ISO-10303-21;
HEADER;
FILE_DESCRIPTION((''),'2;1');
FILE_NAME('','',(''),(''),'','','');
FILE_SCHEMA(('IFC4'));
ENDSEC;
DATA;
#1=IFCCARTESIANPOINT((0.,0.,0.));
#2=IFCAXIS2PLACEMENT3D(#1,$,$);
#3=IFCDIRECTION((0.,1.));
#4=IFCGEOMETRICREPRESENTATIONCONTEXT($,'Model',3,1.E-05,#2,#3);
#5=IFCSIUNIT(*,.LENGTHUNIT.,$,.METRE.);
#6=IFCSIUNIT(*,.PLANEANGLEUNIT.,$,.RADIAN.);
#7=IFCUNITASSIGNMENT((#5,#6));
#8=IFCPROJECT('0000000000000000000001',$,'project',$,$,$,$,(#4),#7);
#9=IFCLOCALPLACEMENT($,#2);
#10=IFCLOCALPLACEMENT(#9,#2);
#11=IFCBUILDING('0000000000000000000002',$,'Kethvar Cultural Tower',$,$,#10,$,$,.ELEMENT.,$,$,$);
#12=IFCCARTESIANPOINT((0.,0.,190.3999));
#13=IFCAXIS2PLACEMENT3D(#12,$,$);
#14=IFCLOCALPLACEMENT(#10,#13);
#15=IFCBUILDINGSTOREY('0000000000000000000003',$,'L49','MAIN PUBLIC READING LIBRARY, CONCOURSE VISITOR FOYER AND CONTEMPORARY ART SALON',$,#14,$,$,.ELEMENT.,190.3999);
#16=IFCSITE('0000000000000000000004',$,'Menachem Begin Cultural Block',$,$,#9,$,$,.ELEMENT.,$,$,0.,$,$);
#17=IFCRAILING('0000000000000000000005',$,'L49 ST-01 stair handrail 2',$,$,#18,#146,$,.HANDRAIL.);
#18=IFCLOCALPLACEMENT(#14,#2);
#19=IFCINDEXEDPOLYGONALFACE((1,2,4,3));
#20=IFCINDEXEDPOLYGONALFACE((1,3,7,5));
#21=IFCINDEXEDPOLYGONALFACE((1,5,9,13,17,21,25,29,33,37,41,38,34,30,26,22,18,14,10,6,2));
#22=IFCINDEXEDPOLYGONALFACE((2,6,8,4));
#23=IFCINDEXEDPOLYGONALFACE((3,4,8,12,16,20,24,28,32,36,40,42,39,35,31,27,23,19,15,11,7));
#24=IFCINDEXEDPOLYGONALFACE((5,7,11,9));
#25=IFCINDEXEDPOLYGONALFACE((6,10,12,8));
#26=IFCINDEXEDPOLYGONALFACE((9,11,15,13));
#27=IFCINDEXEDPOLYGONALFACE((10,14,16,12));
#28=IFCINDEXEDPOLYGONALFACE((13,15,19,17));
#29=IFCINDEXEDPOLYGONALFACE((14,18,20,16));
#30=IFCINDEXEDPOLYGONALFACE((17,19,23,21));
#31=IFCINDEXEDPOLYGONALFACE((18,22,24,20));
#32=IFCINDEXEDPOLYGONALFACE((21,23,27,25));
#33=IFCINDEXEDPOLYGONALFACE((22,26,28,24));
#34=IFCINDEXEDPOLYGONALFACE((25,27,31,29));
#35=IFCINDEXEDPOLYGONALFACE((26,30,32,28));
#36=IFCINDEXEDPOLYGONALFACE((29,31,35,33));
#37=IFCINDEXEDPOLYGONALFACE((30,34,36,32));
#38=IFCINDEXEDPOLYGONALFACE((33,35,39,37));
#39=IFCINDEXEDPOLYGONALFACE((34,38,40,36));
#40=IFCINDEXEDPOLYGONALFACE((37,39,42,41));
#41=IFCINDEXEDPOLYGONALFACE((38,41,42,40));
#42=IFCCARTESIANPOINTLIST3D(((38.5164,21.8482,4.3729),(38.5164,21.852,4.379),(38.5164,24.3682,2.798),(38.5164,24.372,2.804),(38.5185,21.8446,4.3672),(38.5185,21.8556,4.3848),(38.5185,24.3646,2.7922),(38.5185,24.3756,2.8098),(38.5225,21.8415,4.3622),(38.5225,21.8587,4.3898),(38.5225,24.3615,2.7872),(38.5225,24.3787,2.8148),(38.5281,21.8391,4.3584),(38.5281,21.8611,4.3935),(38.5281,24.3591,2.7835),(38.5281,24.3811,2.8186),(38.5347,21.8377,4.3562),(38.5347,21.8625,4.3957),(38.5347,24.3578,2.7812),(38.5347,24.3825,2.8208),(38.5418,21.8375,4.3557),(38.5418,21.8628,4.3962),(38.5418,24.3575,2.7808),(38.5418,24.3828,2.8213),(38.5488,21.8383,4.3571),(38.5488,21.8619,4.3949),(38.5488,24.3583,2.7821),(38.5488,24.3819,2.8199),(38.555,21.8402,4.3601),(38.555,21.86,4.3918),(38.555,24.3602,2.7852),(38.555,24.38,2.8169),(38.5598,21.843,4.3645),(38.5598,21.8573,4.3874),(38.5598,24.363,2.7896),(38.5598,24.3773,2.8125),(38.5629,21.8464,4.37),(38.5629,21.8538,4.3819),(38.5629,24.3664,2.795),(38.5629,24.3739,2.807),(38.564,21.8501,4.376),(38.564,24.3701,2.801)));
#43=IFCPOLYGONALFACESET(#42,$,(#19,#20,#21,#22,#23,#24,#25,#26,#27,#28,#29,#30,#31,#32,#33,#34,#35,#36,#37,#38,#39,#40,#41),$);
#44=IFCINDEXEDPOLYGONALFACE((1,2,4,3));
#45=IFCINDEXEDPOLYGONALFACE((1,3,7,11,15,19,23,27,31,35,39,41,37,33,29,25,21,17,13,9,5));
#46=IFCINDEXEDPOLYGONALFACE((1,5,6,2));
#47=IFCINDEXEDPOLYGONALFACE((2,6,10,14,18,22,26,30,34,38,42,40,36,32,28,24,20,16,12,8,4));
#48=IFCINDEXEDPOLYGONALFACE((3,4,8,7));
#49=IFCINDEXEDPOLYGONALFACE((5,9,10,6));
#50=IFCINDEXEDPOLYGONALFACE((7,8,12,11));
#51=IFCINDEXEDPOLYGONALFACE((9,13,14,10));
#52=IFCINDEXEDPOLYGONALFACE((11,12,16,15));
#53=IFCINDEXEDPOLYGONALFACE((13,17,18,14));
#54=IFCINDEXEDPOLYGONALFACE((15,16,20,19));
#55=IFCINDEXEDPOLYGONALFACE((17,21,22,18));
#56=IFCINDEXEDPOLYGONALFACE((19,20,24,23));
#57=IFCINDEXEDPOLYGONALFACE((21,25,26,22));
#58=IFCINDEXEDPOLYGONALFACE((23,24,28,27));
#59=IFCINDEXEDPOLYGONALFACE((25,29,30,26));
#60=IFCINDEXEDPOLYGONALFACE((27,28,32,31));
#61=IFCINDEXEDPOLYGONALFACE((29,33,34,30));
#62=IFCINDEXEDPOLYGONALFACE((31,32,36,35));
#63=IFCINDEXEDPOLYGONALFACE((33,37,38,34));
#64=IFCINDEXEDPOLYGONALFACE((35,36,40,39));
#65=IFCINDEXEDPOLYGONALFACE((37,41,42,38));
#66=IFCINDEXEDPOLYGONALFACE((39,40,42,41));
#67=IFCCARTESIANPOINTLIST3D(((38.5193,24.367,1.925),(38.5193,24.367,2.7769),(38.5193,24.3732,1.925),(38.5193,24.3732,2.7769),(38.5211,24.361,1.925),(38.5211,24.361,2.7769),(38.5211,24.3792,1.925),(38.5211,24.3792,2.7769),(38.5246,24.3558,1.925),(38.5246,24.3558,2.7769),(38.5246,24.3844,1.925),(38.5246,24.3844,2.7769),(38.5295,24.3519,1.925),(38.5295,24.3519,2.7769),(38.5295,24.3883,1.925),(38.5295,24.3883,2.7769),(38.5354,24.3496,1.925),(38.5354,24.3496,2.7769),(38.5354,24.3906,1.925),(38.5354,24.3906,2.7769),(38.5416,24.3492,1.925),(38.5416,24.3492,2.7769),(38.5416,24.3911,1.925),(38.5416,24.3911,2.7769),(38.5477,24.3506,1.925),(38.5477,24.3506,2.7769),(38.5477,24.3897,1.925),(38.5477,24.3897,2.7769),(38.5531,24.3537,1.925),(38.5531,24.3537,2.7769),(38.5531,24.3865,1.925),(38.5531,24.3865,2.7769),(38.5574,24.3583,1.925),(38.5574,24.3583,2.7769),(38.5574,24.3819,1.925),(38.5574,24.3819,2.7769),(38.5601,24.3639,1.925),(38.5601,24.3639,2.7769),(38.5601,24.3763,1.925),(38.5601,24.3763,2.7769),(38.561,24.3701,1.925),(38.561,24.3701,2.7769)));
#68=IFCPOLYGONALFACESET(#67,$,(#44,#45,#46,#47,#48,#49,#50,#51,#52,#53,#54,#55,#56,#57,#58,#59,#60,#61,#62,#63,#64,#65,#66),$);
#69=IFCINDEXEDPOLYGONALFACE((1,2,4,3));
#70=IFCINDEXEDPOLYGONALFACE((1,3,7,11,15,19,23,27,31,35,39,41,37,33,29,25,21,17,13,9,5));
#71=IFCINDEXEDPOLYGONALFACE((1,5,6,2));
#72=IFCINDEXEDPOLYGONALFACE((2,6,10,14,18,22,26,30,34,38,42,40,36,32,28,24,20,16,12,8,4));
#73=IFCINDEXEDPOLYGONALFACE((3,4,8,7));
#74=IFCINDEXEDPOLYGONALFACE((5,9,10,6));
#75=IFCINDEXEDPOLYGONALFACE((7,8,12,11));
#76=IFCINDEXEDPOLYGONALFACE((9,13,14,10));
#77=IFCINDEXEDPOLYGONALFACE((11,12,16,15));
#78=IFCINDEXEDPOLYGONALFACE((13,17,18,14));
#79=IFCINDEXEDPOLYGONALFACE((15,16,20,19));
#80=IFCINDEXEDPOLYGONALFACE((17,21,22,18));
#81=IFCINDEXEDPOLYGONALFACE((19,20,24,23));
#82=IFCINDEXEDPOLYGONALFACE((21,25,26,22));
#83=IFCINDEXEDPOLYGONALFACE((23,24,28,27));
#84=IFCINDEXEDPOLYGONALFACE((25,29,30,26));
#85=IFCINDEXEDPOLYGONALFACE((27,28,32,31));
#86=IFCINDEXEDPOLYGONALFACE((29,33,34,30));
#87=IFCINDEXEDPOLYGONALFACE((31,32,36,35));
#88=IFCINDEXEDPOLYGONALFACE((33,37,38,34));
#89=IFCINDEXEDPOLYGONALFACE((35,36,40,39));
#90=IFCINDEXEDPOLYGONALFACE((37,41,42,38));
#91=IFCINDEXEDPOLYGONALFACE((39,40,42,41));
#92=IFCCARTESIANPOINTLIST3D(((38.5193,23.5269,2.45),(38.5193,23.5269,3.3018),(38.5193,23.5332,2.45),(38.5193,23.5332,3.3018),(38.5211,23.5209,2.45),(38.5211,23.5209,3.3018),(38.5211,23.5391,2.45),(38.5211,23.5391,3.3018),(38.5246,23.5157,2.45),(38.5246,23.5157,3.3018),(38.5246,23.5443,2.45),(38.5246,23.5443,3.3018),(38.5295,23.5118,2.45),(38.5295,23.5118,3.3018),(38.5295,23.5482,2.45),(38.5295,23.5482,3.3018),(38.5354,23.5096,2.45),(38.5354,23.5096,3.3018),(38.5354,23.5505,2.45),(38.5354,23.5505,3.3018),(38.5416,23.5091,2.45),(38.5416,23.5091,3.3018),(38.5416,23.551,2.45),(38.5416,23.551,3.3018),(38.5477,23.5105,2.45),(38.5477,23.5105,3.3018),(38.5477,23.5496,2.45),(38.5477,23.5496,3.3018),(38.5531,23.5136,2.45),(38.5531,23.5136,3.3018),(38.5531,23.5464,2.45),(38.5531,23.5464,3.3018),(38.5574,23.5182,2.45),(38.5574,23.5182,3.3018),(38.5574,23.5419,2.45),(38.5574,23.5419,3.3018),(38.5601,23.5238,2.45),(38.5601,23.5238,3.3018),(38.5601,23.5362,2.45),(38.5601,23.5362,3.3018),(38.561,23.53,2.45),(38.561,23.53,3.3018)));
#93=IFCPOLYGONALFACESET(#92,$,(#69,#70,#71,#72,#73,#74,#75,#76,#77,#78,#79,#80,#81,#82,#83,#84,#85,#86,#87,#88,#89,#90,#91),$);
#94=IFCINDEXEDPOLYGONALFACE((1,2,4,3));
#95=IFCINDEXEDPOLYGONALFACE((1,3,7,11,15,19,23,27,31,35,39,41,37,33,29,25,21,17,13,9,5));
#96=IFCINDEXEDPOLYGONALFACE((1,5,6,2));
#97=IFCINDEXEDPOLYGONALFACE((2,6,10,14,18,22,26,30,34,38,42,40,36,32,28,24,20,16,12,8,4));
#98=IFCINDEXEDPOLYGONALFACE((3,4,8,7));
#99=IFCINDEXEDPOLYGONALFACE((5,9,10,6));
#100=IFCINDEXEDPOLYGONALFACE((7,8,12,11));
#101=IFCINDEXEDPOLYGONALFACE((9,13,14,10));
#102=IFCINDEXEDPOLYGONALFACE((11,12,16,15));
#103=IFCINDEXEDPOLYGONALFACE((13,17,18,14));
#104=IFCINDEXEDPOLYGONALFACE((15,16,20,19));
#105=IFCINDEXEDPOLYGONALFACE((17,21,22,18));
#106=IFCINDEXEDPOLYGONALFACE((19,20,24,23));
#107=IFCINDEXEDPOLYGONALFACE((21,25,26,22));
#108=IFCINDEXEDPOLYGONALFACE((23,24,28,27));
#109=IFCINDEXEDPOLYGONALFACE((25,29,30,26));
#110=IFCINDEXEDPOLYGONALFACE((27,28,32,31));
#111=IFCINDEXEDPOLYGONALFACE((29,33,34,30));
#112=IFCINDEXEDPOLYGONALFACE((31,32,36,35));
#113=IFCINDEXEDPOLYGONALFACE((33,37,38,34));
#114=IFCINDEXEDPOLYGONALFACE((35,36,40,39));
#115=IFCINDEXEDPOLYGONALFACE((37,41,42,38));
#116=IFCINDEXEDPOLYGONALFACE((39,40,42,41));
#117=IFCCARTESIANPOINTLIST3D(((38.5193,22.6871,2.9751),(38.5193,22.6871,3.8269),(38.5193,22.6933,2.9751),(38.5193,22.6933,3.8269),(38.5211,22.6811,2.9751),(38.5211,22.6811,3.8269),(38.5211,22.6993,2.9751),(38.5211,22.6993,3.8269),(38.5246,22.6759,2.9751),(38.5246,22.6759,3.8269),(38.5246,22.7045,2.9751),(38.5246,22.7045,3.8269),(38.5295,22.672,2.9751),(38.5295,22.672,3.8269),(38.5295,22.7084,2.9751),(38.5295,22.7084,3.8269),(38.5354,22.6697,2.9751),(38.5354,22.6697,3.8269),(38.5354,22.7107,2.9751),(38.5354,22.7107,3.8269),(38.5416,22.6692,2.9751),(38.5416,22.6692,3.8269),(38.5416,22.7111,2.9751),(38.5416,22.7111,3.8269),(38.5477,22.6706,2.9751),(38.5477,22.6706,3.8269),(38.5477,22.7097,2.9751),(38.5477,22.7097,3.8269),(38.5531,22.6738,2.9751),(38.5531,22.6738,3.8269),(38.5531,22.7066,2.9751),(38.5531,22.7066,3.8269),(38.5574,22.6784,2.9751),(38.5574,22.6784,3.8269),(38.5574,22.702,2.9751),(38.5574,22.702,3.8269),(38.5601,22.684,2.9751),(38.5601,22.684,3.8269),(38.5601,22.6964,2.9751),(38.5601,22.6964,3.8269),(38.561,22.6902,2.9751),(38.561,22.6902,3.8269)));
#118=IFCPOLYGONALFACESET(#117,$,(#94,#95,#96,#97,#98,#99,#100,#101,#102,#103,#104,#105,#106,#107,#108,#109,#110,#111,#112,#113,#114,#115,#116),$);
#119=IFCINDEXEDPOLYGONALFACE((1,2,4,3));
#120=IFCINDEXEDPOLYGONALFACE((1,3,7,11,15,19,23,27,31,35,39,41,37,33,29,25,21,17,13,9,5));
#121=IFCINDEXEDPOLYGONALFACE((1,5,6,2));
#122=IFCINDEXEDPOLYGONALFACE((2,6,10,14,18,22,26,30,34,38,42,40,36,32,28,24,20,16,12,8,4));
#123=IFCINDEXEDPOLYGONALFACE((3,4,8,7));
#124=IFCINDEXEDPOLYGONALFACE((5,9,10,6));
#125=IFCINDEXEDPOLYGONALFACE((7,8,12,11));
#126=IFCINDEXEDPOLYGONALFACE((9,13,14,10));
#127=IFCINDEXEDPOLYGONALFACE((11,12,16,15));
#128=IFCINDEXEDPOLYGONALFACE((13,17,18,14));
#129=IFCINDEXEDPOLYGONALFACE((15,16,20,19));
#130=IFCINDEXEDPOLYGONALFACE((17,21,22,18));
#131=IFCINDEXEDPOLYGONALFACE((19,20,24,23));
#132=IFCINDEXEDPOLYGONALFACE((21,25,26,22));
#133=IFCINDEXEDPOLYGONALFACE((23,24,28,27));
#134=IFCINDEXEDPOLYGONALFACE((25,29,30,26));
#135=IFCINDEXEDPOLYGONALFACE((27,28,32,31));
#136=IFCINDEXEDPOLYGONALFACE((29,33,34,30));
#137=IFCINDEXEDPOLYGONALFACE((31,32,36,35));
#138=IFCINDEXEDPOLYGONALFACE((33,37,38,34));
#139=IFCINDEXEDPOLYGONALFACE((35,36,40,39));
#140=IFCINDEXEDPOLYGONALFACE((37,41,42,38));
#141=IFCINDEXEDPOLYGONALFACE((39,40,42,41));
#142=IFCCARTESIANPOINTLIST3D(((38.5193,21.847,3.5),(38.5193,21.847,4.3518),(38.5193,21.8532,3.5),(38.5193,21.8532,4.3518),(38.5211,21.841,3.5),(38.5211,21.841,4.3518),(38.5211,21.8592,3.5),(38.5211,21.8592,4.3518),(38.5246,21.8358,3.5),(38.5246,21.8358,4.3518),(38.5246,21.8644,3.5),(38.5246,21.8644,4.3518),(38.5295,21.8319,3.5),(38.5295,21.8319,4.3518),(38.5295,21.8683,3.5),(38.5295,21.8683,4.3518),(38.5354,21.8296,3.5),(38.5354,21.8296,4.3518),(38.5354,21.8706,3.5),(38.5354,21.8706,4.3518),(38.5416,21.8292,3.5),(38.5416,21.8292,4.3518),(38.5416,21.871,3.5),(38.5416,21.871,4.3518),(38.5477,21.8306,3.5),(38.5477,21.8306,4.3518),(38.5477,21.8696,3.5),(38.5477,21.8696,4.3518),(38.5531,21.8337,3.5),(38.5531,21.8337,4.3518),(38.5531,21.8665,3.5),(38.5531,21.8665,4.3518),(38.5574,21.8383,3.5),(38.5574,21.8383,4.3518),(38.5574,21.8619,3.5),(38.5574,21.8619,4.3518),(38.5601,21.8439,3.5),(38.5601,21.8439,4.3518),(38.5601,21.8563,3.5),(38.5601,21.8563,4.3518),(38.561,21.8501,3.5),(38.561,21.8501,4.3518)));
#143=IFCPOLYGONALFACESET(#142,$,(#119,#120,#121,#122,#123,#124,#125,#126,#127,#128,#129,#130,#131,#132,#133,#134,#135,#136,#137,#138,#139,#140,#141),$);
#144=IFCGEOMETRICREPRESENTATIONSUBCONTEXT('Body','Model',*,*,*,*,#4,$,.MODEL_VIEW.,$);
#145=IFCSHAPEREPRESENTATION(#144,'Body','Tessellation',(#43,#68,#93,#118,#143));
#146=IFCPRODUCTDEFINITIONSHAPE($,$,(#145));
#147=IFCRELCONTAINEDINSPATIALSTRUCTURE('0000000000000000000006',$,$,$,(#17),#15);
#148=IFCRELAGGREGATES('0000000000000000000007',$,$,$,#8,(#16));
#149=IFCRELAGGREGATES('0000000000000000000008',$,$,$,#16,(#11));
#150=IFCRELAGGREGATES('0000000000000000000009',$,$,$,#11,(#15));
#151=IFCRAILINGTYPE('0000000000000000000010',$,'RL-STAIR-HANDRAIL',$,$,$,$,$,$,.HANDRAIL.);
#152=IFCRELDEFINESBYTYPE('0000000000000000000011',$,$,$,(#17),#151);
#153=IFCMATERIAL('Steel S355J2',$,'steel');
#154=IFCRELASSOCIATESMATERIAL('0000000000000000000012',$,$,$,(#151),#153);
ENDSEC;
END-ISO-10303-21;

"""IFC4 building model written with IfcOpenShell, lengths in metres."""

from ifc_helpers import new_model, si_unit, direction, frame, origin, origin_2d, place, context, subcontext, project, spatial, circle, extrude, material, type_object, element, save


model = new_model("IFC4")

# Units and contexts
model_context = context("Model", 3, precision=1e-05, world=origin(), true_north=direction((0.0, 1.0)))
body_context = subcontext(model_context, "Body", "Model", "MODEL_VIEW")
ifc_project = project(units=[si_unit("LENGTHUNIT", "METRE"), si_unit("PLANEANGLEUNIT", "RADIAN")], contexts=[model_context])

# Site, building, storey
site_placement = place(None, origin())
site = spatial("IfcSite", under=ifc_project, at=site_placement, Name="Menachem Begin Cultural Block", CompositionType="ELEMENT", RefElevation=0.0)
building_placement = place(site_placement, origin())
building = spatial("IfcBuilding", under=site, at=building_placement, Name="Kethvar Cultural Tower", CompositionType="ELEMENT")
storey_placement = place(building_placement, frame((0.0, 0.0, 190.3999)))
storey = spatial("IfcBuildingStorey", under=building, at=storey_placement, Name="L49", Description="MAIN PUBLIC READING LIBRARY, CONCOURSE VISITOR FOYER AND CONTEMPORARY ART SALON", CompositionType="ELEMENT", Elevation=190.3999)

# Shared definitions
ifc_material_1 = material(Name="Steel S355J2", Category="steel")

# Railing
railing_type_1 = type_object("IfcRailingType", Name="RL-STAIR-HANDRAIL", PredefinedType="HANDRAIL", material=ifc_material_1)
railing_1_placement = place(storey_placement, frame((38.54, 24.3701, 1.925)))
element("IfcRailing", 1, at=railing_1_placement, inside=storey, type_object=railing_type_1, Name="L49 ST-01 stair handrail 2", PredefinedType="HANDRAIL", context=body_context, shape_type="SweptSolid", body=[
    extrude(circle(Radius=0.0239, at=origin_2d()), frame((0.0, 0.0, 0.876), z_axis=(0.0, -0.848008, 0.529984), x_axis=(1.0, 0.0, 0.0)), (0.0, 0.0, 1.0), 2.9717),
    extrude(circle(Radius=0.021, at=origin_2d()), origin(), (0.0, 0.0, 1.0), 0.8518),
    extrude(circle(Radius=0.021, at=origin_2d()), frame((0.0, -0.8401, 0.5249)), (0.0, 0.0, 1.0), 0.8518),
    extrude(circle(Radius=0.021, at=origin_2d()), frame((0.0, -1.6799, 1.05)), (0.0, 0.0, 1.0), 0.8518),
    extrude(circle(Radius=0.021, at=origin_2d()), frame((0.0, -2.52, 1.575)), (0.0, 0.0, 1.0), 0.8518),
])

save(model, "model.ifc")
